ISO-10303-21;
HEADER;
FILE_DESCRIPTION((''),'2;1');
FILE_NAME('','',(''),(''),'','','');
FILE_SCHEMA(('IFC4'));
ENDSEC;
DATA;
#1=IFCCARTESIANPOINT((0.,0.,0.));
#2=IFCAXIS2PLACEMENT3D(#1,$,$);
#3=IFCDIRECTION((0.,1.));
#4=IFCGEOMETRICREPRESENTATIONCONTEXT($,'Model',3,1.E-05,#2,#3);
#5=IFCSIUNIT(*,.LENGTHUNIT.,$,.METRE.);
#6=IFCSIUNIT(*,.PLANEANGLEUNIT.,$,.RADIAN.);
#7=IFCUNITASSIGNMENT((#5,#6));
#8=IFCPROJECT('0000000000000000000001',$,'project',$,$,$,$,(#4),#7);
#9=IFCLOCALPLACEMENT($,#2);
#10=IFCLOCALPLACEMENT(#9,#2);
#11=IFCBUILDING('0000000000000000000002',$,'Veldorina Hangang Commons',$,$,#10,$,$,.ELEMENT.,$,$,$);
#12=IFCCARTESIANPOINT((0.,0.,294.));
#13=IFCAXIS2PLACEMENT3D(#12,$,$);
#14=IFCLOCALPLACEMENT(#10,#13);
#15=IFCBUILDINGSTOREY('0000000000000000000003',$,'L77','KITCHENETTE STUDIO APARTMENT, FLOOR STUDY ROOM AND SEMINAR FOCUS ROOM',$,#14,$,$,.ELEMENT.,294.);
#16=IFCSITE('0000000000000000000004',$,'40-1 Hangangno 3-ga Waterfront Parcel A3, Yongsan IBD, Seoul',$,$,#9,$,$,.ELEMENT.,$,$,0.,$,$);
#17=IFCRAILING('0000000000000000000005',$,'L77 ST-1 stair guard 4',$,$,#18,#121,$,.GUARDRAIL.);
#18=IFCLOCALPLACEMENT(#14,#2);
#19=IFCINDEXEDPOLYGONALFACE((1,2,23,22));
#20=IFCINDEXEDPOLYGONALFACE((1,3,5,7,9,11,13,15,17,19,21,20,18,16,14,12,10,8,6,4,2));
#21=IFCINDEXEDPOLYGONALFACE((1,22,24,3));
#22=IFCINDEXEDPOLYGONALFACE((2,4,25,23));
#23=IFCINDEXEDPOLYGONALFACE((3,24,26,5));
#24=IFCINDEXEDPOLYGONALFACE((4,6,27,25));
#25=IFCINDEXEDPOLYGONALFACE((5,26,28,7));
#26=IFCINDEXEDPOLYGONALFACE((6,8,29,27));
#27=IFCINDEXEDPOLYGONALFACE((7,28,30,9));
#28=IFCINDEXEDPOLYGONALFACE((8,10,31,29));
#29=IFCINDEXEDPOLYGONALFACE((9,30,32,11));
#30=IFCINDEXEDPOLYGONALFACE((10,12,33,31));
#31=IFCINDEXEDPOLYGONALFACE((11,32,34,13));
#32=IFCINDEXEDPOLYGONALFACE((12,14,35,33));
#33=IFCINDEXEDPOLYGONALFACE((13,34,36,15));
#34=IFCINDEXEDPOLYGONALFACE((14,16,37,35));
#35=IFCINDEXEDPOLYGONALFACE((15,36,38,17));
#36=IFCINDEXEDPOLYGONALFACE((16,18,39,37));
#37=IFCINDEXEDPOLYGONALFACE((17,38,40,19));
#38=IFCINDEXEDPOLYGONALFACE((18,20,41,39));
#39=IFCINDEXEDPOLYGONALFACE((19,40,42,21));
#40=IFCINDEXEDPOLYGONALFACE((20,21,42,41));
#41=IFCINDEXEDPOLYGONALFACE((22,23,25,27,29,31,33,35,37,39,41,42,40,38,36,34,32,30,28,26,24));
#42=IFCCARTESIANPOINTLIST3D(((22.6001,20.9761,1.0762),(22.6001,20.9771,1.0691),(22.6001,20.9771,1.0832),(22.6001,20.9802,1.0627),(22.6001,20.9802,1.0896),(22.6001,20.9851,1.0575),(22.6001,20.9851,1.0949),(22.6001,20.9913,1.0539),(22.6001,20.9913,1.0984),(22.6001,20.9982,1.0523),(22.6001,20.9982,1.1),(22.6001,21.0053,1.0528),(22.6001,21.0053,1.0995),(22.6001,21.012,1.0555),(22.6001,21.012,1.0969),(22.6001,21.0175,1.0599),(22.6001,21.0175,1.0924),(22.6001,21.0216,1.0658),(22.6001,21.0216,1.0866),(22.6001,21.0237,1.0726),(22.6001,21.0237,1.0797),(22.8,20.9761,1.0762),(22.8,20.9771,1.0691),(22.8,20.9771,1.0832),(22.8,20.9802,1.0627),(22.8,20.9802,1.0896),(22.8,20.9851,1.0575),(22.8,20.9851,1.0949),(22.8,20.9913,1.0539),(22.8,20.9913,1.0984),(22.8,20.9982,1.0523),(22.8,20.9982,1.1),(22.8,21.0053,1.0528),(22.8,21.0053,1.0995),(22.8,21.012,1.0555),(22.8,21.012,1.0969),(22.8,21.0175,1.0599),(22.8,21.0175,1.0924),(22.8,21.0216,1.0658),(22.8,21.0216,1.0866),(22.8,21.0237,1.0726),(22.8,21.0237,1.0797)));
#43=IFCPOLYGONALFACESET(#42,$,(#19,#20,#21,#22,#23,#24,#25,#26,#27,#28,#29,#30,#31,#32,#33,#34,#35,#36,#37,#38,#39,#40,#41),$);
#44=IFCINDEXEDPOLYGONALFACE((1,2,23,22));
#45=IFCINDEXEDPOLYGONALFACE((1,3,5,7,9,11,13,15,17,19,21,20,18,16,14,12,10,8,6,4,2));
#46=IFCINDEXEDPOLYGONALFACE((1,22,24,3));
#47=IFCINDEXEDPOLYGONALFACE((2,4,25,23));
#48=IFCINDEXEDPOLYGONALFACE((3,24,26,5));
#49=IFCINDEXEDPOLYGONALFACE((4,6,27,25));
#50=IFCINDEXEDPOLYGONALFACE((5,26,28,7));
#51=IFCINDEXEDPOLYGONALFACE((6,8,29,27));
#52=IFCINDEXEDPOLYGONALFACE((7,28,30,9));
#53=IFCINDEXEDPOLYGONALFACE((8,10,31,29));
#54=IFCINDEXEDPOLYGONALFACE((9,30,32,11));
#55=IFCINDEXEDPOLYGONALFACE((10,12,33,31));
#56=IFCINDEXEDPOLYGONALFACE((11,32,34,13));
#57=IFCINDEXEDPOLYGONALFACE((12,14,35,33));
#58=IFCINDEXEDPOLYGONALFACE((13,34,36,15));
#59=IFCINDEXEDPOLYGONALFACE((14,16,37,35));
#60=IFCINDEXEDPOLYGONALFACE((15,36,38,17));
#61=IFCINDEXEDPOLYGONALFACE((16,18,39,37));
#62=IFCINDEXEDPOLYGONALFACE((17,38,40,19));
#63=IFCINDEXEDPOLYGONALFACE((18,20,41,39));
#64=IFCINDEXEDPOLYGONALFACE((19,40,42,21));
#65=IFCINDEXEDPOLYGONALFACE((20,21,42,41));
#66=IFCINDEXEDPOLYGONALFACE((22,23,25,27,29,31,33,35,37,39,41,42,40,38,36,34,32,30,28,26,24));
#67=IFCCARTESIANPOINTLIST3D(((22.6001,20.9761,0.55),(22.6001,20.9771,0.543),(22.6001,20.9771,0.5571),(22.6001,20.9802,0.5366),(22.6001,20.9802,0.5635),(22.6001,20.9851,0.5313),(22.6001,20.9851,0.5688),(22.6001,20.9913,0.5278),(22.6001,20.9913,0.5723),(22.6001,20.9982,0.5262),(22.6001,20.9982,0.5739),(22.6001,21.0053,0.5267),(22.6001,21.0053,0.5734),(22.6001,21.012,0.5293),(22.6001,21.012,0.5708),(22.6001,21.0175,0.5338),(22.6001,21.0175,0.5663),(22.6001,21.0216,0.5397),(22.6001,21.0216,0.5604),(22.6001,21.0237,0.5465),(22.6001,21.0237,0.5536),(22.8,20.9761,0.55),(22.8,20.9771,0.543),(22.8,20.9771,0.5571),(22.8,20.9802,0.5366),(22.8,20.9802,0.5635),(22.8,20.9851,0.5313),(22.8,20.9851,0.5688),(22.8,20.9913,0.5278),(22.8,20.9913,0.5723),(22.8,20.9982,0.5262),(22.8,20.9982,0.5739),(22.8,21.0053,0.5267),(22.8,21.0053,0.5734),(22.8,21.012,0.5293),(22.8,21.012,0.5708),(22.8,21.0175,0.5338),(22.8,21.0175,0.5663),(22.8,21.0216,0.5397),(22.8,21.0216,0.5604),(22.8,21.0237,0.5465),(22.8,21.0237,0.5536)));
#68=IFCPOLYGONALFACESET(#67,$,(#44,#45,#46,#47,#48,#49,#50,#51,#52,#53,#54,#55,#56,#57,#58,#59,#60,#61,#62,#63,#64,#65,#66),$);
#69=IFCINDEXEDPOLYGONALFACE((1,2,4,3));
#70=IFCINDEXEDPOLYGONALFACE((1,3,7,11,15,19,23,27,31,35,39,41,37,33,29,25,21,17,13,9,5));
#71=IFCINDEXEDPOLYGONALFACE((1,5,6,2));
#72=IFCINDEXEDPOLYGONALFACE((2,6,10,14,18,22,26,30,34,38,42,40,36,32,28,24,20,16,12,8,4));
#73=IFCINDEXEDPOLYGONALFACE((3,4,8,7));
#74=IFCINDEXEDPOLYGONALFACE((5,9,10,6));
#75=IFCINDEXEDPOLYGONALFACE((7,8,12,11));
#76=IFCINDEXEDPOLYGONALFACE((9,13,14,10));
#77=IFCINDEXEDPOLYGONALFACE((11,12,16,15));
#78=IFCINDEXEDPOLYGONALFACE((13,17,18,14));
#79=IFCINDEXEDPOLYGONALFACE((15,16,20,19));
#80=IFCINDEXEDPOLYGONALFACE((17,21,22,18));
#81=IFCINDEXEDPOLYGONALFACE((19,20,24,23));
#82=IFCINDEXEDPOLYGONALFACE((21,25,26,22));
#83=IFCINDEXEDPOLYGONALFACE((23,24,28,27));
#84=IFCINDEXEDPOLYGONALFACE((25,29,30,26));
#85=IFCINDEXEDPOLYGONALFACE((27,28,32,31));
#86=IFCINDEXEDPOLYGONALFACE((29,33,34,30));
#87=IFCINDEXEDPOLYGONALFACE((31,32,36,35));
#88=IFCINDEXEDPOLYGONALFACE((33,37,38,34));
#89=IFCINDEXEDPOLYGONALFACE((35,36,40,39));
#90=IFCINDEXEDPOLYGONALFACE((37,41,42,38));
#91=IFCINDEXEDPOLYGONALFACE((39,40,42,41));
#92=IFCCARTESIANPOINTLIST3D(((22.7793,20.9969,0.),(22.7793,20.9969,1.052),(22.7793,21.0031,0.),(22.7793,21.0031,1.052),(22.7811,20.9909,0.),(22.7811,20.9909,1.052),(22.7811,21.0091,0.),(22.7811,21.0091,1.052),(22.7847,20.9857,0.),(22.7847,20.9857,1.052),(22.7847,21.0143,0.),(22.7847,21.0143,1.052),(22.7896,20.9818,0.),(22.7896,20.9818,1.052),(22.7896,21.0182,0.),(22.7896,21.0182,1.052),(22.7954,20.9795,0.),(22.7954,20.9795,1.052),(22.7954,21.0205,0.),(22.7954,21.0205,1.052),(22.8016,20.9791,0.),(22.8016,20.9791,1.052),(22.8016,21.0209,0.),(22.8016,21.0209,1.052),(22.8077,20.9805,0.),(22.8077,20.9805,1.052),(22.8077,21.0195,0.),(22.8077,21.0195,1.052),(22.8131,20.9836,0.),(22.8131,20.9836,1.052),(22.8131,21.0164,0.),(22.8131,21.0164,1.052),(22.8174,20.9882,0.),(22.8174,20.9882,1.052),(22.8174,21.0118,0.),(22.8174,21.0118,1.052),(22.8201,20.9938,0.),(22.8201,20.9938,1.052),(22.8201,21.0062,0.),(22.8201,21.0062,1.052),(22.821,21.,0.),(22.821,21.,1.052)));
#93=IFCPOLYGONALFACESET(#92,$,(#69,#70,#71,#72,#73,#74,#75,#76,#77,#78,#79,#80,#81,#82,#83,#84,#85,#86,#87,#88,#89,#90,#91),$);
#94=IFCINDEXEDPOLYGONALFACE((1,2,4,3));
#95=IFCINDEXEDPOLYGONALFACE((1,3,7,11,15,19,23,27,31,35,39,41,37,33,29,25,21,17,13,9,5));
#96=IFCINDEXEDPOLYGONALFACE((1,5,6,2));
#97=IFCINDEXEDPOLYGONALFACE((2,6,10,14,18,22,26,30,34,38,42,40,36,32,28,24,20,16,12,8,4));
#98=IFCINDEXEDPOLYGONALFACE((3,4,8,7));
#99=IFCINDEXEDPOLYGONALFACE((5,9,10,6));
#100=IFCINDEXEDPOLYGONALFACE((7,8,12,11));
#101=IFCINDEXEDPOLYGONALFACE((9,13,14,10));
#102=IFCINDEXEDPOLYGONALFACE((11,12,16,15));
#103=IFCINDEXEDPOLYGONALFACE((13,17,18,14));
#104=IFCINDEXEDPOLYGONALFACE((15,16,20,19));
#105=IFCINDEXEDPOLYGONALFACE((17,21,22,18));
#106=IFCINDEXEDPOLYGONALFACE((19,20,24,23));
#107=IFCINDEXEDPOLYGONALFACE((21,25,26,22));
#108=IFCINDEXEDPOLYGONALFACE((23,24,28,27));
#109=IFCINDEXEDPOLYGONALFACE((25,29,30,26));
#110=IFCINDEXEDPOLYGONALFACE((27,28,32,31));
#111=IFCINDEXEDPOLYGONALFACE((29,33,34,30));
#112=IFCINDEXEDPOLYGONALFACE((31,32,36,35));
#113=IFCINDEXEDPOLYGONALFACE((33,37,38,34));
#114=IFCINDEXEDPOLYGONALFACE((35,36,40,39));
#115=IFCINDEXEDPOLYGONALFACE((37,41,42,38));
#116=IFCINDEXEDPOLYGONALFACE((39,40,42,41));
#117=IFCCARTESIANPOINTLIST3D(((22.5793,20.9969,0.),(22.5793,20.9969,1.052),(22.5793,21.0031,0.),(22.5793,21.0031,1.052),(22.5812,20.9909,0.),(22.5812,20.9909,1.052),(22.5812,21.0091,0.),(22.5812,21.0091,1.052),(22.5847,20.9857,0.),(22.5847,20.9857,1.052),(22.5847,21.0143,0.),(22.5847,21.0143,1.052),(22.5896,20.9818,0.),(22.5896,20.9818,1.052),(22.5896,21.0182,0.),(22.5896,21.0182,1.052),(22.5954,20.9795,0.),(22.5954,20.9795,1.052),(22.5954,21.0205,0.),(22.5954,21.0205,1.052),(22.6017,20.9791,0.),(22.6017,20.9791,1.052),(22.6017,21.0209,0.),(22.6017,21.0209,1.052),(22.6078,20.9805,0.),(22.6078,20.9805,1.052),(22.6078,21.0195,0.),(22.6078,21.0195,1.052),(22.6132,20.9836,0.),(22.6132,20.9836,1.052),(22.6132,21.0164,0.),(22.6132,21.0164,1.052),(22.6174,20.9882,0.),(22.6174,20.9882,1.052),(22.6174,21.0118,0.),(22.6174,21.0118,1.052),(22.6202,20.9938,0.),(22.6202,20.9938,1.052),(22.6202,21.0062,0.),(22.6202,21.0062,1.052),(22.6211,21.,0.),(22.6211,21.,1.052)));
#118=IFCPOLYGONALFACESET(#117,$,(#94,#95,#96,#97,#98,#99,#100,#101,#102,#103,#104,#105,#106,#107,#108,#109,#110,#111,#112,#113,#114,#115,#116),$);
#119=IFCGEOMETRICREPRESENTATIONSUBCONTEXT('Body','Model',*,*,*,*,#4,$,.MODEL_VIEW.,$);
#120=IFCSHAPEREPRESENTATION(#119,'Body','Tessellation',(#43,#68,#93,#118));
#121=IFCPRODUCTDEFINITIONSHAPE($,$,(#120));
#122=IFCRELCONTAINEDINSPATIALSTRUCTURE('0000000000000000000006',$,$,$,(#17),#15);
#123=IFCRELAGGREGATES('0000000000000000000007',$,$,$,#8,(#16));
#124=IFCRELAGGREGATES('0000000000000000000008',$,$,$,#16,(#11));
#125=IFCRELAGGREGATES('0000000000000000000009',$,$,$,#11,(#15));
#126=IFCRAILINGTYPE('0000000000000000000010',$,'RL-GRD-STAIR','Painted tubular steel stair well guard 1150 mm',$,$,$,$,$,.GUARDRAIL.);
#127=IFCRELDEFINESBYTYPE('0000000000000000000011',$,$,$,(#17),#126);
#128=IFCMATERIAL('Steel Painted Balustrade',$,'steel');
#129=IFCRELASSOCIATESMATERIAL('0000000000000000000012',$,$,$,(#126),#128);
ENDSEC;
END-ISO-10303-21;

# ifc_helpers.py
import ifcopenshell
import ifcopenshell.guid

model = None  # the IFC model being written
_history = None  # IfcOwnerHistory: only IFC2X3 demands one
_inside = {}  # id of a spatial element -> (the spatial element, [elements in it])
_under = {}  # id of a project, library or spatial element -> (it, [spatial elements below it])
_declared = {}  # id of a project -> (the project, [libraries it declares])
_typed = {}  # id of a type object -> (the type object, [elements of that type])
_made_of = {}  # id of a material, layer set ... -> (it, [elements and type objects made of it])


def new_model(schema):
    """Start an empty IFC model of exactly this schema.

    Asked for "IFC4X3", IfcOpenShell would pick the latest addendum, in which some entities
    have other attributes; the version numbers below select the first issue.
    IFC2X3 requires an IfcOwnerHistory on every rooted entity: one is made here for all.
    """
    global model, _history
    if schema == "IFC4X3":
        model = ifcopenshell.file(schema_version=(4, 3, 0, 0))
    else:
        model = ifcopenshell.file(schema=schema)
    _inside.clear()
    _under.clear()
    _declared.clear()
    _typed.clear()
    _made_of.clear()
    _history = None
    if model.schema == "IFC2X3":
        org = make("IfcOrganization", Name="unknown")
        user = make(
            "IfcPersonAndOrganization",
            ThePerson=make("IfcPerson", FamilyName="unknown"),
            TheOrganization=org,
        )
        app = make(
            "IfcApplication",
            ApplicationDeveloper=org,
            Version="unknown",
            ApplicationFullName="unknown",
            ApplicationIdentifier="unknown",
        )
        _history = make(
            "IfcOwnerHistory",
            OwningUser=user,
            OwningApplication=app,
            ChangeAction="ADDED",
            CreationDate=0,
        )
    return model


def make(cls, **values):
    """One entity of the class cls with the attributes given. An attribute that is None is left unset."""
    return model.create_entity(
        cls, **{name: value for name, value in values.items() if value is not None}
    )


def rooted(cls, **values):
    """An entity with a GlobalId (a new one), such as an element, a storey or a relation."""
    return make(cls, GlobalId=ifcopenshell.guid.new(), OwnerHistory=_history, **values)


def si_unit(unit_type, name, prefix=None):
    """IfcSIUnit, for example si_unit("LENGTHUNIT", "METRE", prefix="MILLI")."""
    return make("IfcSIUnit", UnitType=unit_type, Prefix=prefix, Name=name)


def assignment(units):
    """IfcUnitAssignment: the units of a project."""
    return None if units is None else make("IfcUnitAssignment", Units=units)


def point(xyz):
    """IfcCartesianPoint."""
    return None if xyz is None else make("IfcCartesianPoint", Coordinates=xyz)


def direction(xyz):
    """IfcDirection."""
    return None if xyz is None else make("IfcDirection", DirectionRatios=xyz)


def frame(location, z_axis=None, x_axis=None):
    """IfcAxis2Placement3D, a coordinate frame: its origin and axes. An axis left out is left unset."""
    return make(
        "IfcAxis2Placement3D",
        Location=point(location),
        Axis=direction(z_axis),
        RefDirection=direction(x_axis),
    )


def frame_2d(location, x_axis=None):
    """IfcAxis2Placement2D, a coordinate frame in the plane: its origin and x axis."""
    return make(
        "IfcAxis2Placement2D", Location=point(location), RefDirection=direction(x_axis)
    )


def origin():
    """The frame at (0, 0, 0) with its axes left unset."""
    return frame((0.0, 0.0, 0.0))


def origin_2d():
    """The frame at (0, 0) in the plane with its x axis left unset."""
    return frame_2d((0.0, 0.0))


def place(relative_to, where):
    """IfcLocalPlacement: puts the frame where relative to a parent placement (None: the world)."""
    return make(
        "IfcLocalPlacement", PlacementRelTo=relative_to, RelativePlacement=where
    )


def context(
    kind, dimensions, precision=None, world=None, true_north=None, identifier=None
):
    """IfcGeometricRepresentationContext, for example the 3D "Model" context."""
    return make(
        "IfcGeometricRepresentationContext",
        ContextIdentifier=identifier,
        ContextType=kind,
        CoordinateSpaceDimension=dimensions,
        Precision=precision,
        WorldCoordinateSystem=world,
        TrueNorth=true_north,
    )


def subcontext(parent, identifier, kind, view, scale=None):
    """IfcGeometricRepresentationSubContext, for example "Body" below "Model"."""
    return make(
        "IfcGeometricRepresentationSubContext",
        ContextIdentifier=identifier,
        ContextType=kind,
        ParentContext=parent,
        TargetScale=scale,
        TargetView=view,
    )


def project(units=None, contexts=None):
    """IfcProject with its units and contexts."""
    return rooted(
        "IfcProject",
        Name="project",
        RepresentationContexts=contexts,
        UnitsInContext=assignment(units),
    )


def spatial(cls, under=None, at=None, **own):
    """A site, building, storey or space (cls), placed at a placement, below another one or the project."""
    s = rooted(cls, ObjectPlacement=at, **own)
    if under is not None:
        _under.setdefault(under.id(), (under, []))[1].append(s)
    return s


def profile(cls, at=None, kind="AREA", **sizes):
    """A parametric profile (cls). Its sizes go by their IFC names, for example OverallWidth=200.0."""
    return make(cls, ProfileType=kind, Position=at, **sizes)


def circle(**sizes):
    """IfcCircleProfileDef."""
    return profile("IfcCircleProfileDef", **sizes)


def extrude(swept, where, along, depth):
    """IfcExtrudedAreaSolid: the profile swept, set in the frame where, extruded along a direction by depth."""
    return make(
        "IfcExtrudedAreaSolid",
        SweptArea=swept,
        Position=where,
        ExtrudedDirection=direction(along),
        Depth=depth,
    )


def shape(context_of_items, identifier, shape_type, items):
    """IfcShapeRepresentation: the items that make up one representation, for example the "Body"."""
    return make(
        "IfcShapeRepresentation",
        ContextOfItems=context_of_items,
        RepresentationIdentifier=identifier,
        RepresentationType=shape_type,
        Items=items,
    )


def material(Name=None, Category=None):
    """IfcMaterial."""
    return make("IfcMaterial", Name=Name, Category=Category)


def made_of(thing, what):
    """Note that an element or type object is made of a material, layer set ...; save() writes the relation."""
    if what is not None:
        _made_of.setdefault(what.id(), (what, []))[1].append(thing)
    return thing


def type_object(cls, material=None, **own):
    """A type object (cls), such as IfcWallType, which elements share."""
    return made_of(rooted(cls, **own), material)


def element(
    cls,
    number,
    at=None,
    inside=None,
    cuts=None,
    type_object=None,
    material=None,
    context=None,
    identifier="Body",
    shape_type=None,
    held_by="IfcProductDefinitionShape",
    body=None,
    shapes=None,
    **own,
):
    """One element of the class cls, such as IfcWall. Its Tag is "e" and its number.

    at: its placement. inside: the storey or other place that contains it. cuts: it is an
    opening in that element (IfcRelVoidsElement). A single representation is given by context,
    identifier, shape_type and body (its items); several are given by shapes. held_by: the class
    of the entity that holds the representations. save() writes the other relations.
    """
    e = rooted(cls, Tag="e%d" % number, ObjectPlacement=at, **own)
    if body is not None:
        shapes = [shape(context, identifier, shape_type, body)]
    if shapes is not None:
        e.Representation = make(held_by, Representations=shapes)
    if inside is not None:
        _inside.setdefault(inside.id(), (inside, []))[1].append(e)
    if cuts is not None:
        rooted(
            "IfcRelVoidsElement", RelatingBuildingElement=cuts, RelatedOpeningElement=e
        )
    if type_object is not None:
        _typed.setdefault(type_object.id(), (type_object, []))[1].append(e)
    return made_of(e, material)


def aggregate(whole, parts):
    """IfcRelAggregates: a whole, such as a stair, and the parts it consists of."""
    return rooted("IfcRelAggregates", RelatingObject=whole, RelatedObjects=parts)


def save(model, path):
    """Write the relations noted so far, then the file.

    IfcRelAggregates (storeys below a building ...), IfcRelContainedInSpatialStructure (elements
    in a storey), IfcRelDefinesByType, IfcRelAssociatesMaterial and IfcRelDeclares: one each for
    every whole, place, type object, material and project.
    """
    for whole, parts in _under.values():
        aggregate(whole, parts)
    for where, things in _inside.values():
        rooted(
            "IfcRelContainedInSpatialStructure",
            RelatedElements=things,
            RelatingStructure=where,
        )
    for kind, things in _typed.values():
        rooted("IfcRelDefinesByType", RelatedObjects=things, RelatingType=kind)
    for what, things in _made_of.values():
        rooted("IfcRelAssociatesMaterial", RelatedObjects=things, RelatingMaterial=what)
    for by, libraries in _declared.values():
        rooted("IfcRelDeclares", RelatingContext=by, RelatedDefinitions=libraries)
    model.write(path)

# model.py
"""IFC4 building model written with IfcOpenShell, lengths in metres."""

from ifc_helpers import new_model, si_unit, direction, frame, origin, origin_2d, place, context, subcontext, project, spatial, circle, extrude, material, type_object, element, save


model = new_model("IFC4")

# Units and contexts
model_context = context("Model", 3, precision=1e-05, world=origin(), true_north=direction((0.0, 1.0)))
body_context = subcontext(model_context, "Body", "Model", "MODEL_VIEW")
ifc_project = project(units=[si_unit("LENGTHUNIT", "METRE"), si_unit("PLANEANGLEUNIT", "RADIAN")], contexts=[model_context])

# Site, building, storey
site_placement = place(None, origin())
site = spatial("IfcSite", under=ifc_project, at=site_placement, Name="40-1 Hangangno 3-ga Waterfront Parcel A3, Yongsan IBD, Seoul", CompositionType="ELEMENT", RefElevation=0.0)
building_placement = place(site_placement, origin())
building = spatial("IfcBuilding", under=site, at=building_placement, Name="Veldorina Hangang Commons", CompositionType="ELEMENT")
storey_placement = place(building_placement, frame((0.0, 0.0, 294.0)))
storey = spatial("IfcBuildingStorey", under=building, at=storey_placement, Name="L77", Description="KITCHENETTE STUDIO APARTMENT, FLOOR STUDY ROOM AND SEMINAR FOCUS ROOM", CompositionType="ELEMENT", Elevation=294.0)

# Railing
ifc_material_1 = material(Name="Steel Painted Balustrade", Category="steel")
railing_type = type_object("IfcRailingType", Name="RL-GRD-STAIR", Description="Painted tubular steel stair well guard 1150 mm", PredefinedType="GUARDRAIL", material=ifc_material_1)
railing_1_placement = place(storey_placement, frame((22.8, 21.0, 0.0)))
element("IfcRailing", 1, at=railing_1_placement, inside=storey, type_object=railing_type, Name="L77 ST-1 stair guard 4", PredefinedType="GUARDRAIL", context=body_context, shape_type="SweptSolid", body=[
    extrude(circle(Radius=0.0239, at=origin_2d()), frame((0.0, 0.0, 1.0762), z_axis=(-1.0, 0.0, 0.0), x_axis=(0.0, -1.0, 0.0)), (0.0, 0.0, 1.0), 0.2),
    extrude(circle(Radius=0.0239, at=origin_2d()), frame((0.0, 0.0, 0.55), z_axis=(-1.0, 0.0, 0.0), x_axis=(0.0, -1.0, 0.0)), (0.0, 0.0, 1.0), 0.2),
    extrude(circle(Radius=0.021, at=origin_2d()), origin(), (0.0, 0.0, 1.0), 1.052),
    extrude(circle(Radius=0.021, at=origin_2d()), frame((-0.2, 0.0, 0.0)), (0.0, 0.0, 1.0), 1.052),
])

save(model, "model.ifc")
